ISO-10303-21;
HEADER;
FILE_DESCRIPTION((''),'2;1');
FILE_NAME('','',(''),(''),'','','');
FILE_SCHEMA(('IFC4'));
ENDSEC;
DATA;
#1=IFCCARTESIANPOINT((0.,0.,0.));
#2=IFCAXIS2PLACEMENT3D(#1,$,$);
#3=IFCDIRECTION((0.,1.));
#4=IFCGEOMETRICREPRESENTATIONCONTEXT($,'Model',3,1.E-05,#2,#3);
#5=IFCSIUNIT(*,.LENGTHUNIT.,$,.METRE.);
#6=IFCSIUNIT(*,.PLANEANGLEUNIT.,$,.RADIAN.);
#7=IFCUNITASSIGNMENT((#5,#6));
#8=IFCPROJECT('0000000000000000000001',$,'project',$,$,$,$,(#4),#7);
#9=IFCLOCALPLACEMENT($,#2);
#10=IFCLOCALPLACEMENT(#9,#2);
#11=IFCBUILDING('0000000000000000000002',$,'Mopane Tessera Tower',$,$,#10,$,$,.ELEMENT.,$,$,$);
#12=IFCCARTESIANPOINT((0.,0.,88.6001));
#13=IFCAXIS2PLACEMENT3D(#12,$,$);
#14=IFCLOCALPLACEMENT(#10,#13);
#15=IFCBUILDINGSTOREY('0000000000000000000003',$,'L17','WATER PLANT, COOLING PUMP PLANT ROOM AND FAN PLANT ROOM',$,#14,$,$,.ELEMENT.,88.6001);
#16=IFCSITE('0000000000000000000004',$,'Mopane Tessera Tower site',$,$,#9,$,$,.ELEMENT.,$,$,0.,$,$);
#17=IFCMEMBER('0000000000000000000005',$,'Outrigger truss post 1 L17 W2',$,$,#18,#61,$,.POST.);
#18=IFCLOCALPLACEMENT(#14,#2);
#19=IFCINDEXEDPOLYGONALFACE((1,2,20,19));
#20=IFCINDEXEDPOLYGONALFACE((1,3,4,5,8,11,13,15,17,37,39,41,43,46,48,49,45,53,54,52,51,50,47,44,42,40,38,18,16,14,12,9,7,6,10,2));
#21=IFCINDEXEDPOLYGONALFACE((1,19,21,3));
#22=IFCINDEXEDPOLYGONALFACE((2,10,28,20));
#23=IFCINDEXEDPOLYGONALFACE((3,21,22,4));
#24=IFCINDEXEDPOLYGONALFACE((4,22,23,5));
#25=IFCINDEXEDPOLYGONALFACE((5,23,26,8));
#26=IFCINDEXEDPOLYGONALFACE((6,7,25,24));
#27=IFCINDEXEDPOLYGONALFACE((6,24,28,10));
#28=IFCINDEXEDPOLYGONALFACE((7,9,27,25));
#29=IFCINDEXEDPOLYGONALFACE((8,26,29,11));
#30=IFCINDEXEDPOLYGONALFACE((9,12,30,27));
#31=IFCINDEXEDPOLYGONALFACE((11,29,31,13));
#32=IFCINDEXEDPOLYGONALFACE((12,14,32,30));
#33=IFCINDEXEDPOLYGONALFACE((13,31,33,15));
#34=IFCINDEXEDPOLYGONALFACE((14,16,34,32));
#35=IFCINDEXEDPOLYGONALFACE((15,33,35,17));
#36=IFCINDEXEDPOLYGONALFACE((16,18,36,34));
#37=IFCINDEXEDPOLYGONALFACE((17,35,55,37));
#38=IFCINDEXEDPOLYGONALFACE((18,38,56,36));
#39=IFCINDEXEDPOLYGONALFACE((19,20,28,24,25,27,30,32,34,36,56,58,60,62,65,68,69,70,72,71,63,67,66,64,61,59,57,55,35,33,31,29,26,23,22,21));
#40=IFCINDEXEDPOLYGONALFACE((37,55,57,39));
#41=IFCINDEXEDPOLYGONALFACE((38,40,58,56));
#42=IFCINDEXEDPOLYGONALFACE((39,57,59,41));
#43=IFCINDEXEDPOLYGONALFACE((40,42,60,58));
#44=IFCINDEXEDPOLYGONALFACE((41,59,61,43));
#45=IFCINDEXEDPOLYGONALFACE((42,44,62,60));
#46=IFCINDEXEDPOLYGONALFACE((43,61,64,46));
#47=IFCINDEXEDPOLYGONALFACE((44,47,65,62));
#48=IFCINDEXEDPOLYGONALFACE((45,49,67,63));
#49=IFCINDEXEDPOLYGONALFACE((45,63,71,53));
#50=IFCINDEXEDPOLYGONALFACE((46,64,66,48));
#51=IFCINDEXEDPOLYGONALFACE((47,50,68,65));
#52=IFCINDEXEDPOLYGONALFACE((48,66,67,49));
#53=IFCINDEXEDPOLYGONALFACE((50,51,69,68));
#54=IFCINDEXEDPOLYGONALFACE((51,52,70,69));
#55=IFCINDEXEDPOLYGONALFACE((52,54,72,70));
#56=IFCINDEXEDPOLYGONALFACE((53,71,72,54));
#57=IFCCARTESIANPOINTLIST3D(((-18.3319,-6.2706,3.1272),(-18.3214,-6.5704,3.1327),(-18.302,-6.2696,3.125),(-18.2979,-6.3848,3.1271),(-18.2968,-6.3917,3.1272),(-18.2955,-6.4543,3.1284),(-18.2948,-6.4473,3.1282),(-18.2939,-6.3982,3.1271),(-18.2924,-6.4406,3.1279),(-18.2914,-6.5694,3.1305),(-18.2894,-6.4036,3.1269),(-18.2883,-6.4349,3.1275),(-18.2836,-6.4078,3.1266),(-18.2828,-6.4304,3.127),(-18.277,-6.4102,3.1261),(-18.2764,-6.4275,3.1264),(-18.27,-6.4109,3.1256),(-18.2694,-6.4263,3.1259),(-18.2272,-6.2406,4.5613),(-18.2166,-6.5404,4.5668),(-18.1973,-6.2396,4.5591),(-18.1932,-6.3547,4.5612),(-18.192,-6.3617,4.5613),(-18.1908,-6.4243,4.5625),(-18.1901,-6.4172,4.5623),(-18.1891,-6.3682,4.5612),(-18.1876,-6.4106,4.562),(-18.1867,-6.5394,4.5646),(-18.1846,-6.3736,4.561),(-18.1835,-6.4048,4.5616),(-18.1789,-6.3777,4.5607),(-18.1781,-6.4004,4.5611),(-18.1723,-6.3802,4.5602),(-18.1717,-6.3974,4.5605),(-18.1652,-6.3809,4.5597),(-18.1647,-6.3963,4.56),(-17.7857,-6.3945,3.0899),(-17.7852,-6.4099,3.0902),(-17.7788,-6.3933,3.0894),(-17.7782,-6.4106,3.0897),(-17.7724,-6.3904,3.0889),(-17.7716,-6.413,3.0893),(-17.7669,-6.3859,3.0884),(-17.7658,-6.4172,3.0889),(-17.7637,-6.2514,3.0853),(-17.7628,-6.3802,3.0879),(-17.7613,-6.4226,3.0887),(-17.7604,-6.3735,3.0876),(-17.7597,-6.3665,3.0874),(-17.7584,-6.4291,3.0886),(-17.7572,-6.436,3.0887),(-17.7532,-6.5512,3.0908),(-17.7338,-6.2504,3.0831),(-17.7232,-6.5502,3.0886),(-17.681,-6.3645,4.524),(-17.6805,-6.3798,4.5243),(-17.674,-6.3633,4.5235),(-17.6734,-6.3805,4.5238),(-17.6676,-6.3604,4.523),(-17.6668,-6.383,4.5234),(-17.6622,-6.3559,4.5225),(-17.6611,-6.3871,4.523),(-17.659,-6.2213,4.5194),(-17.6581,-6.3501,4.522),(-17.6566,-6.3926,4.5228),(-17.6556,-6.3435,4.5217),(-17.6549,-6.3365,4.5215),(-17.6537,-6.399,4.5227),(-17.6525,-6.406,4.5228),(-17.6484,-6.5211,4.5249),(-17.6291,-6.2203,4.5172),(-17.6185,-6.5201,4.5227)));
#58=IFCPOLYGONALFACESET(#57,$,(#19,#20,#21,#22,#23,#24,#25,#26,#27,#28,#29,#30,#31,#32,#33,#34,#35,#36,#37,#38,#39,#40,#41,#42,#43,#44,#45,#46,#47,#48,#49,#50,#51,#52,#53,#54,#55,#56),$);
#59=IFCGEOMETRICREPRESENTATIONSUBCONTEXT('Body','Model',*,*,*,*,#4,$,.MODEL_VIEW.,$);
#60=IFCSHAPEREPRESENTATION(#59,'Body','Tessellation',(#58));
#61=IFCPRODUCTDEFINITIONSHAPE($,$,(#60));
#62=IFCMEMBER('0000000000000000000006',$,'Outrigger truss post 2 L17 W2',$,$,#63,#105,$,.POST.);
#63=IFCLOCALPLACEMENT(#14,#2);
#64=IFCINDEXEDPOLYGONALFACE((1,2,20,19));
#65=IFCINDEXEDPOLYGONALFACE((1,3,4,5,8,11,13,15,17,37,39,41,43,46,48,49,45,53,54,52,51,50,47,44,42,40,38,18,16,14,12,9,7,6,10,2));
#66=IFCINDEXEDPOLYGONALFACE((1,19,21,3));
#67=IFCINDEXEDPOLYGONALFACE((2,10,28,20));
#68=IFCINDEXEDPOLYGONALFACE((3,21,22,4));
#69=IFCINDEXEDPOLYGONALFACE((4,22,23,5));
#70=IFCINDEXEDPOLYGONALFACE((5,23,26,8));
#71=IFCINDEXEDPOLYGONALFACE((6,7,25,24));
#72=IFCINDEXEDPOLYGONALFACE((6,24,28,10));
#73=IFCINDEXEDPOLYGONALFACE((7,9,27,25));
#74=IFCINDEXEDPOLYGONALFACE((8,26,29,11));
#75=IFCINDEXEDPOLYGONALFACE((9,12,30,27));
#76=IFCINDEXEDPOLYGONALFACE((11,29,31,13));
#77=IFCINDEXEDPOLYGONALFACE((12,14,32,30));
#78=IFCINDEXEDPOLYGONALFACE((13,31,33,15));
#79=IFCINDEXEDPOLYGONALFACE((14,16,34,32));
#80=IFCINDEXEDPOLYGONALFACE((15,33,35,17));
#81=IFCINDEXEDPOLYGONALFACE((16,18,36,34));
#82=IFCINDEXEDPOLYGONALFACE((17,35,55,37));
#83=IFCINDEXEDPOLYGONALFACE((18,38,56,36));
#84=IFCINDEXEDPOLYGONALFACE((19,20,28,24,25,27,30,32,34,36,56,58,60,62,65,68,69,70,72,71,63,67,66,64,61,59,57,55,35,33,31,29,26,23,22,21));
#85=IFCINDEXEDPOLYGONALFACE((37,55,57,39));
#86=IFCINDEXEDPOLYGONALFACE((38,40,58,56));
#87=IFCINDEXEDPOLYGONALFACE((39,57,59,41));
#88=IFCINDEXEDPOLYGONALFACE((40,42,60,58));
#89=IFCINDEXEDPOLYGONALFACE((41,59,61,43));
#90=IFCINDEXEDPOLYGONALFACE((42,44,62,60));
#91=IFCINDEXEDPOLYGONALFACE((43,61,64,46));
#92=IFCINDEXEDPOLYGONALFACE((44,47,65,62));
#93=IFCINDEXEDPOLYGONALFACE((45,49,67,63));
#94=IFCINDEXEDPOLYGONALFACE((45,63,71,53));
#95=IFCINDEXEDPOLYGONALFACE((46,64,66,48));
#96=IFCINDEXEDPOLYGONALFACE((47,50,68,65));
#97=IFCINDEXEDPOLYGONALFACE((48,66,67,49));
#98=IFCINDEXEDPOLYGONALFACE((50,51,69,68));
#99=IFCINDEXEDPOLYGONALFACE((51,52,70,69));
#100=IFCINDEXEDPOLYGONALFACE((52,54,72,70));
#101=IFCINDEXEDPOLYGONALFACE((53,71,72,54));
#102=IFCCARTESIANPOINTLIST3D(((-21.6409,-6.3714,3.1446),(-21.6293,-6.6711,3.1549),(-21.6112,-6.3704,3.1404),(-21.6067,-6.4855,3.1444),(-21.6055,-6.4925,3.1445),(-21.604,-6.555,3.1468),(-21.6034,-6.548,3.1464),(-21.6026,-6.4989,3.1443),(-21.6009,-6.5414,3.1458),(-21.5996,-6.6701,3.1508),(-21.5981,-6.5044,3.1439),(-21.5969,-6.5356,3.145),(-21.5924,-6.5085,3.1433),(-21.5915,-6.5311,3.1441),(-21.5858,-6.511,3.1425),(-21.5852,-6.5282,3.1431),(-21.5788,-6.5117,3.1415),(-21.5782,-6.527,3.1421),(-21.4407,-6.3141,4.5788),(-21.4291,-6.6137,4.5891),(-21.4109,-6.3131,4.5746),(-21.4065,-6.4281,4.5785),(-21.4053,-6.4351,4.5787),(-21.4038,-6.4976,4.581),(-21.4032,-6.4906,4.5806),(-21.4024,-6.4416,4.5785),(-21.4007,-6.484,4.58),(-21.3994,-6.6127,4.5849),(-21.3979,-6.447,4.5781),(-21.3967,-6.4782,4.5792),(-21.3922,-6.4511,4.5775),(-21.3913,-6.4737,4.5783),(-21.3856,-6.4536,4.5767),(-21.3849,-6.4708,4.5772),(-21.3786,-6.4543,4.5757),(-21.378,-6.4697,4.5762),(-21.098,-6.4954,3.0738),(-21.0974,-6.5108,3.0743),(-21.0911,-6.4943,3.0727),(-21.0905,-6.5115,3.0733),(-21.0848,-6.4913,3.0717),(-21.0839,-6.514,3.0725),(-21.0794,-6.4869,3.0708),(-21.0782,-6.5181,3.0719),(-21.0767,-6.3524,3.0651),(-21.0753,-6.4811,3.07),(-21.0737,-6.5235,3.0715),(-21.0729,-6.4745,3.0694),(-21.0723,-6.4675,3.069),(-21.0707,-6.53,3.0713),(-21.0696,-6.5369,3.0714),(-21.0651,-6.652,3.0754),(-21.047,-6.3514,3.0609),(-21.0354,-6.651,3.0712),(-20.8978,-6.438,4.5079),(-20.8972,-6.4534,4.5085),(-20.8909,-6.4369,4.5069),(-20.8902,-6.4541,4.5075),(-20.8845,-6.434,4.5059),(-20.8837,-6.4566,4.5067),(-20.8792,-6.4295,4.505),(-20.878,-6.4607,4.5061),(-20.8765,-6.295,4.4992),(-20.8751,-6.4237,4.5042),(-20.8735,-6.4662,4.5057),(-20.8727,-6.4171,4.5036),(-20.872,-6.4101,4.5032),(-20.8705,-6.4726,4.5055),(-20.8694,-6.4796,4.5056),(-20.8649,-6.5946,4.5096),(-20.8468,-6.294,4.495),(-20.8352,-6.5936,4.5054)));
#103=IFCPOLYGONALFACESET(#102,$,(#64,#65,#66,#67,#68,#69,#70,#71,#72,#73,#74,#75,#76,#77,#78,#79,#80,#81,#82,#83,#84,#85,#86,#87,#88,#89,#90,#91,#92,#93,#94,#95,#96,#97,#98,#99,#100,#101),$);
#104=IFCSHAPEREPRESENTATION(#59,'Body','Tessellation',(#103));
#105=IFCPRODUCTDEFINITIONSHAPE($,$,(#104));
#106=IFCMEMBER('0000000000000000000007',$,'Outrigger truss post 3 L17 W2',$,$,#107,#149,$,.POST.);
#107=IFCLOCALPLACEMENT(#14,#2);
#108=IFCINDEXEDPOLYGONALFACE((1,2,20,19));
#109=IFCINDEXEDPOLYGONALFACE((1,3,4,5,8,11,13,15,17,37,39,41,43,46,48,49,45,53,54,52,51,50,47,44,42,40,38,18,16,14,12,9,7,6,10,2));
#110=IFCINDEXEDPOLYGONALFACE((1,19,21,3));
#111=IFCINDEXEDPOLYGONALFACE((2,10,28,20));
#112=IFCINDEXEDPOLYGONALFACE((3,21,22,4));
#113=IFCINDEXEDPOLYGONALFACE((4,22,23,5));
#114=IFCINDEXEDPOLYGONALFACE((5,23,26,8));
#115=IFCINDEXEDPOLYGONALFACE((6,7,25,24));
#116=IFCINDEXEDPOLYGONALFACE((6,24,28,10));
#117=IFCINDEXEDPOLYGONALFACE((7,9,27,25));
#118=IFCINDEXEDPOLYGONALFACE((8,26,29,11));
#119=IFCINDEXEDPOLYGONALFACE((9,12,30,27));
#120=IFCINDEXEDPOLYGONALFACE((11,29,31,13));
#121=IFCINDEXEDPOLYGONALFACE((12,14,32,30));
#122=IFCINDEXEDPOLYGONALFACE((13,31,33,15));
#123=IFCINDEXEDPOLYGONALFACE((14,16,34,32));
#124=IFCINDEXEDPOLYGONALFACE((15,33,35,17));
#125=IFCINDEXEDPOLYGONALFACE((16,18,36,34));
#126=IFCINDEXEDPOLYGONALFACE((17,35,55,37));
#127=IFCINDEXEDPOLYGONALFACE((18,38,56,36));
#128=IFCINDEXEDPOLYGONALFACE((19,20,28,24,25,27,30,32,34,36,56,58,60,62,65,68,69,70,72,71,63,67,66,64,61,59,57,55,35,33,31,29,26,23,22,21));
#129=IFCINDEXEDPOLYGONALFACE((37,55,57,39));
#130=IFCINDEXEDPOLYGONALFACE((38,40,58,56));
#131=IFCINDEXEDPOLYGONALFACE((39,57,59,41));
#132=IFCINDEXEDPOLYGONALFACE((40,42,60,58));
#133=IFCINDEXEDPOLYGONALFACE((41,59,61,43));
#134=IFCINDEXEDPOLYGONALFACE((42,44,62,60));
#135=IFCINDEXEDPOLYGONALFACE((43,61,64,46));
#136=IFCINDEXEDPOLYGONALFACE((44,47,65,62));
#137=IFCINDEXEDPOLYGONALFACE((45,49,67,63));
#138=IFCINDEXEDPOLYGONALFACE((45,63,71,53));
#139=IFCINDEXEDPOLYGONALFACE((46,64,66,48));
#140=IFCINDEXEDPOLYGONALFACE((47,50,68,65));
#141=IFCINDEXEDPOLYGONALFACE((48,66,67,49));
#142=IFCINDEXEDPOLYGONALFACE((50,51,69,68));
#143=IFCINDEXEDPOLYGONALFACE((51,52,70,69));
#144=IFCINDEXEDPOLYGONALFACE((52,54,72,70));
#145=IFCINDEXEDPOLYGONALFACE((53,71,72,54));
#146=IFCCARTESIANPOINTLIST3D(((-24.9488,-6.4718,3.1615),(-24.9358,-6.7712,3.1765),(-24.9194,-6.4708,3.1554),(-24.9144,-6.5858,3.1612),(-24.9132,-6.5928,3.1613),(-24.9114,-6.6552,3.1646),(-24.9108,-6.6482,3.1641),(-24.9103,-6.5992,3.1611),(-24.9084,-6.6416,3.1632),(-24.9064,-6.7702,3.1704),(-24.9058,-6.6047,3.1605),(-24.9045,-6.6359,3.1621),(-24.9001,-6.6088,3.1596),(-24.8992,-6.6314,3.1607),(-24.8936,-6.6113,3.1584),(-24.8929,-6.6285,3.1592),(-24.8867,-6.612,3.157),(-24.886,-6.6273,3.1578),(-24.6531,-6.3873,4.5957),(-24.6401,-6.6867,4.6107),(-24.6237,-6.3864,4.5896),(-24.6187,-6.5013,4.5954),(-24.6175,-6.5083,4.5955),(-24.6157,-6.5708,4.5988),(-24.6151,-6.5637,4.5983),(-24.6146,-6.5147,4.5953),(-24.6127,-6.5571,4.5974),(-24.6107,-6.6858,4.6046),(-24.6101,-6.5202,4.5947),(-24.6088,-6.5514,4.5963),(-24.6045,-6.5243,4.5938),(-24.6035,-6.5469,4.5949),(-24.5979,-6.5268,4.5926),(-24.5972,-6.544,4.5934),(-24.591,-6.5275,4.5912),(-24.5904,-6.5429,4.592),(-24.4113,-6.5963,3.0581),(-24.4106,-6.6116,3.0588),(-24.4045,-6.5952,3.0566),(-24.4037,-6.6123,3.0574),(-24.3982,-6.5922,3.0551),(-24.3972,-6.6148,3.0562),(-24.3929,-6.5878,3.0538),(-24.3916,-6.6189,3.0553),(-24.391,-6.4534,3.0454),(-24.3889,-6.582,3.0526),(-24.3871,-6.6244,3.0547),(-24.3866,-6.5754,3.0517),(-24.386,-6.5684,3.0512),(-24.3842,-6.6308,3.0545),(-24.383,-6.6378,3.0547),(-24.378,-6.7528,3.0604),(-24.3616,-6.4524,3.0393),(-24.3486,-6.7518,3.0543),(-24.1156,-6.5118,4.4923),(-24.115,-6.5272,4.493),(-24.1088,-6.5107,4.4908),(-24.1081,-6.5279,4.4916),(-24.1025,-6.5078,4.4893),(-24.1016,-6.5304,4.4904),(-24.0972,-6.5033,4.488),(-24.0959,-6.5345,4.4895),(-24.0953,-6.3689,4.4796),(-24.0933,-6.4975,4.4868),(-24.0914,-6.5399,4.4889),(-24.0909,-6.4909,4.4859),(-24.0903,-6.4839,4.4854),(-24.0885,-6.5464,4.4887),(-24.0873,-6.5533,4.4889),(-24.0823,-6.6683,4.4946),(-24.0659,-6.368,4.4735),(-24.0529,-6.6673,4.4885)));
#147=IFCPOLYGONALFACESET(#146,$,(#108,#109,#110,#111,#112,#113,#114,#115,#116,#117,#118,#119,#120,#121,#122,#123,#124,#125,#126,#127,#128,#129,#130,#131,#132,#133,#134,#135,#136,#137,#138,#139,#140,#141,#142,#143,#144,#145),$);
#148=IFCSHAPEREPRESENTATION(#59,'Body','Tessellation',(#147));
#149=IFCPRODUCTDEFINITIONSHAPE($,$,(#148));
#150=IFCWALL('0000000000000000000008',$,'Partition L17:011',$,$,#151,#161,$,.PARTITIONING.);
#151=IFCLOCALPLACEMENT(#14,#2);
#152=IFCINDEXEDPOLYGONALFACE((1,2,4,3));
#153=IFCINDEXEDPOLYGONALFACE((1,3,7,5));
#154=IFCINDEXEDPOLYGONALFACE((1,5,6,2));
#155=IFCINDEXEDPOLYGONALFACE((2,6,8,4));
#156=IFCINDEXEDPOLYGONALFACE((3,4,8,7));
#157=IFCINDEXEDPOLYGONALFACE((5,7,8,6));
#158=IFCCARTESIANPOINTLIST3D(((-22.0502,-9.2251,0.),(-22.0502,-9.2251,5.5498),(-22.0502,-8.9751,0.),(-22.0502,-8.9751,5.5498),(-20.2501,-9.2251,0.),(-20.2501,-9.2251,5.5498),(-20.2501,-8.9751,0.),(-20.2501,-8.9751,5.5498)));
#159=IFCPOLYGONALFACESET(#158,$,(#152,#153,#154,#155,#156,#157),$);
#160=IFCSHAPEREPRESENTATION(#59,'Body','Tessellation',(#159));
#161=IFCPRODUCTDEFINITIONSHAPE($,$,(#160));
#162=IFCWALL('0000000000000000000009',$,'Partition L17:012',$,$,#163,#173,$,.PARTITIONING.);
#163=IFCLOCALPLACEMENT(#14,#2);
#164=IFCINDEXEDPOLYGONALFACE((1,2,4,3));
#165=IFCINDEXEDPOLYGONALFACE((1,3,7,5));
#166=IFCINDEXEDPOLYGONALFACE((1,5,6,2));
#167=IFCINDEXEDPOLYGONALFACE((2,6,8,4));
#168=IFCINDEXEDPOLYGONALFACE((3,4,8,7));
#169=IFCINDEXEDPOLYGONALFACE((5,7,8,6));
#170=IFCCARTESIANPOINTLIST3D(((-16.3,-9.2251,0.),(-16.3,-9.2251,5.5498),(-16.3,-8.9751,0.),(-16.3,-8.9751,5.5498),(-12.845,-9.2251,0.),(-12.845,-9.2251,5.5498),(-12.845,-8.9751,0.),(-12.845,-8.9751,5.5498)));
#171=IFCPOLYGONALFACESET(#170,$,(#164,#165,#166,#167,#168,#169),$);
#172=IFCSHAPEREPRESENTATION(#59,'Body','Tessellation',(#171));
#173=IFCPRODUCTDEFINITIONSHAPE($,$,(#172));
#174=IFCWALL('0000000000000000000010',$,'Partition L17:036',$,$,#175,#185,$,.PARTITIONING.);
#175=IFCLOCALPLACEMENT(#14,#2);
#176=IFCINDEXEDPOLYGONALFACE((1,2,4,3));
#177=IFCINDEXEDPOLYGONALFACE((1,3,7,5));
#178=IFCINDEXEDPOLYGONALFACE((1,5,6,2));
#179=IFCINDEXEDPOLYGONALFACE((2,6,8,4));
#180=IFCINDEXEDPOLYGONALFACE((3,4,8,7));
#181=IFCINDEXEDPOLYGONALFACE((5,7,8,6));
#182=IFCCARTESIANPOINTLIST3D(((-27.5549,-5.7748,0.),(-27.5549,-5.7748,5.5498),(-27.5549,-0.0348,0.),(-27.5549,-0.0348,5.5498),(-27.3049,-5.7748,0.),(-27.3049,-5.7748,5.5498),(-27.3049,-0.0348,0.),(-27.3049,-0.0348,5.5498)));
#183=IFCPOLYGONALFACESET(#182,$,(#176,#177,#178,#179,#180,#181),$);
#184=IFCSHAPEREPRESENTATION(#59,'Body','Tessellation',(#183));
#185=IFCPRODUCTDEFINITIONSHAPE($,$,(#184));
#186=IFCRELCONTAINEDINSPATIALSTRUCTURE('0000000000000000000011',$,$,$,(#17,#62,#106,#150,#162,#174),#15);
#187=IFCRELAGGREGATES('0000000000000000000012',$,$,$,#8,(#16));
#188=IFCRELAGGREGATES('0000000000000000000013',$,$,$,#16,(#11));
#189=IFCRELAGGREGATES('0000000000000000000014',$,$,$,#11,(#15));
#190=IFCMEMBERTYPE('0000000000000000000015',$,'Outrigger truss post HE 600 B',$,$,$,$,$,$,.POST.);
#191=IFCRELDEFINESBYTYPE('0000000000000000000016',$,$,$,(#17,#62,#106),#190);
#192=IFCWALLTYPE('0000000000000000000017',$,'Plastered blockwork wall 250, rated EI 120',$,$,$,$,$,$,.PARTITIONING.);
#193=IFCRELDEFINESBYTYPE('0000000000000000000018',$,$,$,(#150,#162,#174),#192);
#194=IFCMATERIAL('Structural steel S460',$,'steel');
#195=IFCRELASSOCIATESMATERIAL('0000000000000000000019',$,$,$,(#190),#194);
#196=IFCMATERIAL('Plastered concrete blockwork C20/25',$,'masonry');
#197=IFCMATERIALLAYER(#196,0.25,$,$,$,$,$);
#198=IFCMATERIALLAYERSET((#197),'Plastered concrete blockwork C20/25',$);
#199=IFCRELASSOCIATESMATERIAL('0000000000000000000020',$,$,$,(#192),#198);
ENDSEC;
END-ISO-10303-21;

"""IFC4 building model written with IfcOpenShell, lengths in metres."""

from ifc_helpers import new_model, si_unit, direction, frame, frame_2d, origin, origin_2d, place, context, subcontext, project, spatial, rectangle, i_section, extrude, material, layer, layer_set, material_profile, profile_set, type_object, element, save


model = new_model("IFC4")

# Units and contexts
model_context = context("Model", 3, precision=1e-05, world=origin(), true_north=direction((0.0, 1.0)))
body_context = subcontext(model_context, "Body", "Model", "MODEL_VIEW")
ifc_project = project(units=[si_unit("LENGTHUNIT", "METRE"), si_unit("PLANEANGLEUNIT", "RADIAN")], contexts=[model_context])

# Site, building, storey
site_placement = place(None, origin())
site = spatial("IfcSite", under=ifc_project, at=site_placement, Name="Mopane Tessera Tower site", CompositionType="ELEMENT", RefElevation=0.0)
building_placement = place(site_placement, origin())
building = spatial("IfcBuilding", under=site, at=building_placement, Name="Mopane Tessera Tower", CompositionType="ELEMENT")
storey_placement = place(building_placement, frame((0.0, 0.0, 88.6001)))
storey = spatial("IfcBuildingStorey", under=building, at=storey_placement, Name="L17", Description="WATER PLANT, COOLING PUMP PLANT ROOM AND FAN PLANT ROOM", CompositionType="ELEMENT", Elevation=88.6001)

# Members
ifc_material_1 = material(Name="Structural steel S460", Category="steel")
ifc_material_profile_1 = material_profile(ifc_material_1, i_section(OverallWidth=0.3, OverallDepth=0.6001, WebThickness=0.0154, FlangeThickness=0.03, FilletRadius=0.0271, at=origin_2d()))
ifc_profile_set_1 = profile_set([ifc_material_profile_1], Name="Structural steel S460")
member_type_1 = type_object("IfcMemberType", Name="Outrigger truss post HE 600 B", PredefinedType="POST", material=ifc_profile_set_1)
member_1_placement = place(storey_placement, frame((-18.0276, -6.4104, 3.1079), z_axis=(0.072824, 0.02088, 0.997126), x_axis=(0.03524, -0.99921, 0.018349)))
element("IfcMember", 1, at=member_1_placement, inside=storey, type_object=member_type_1, Name="Outrigger truss post 1 L17 W2", PredefinedType="POST", context=body_context, shape_type="SweptSolid", body=[
    extrude(i_section(OverallWidth=0.3, OverallDepth=0.6001, WebThickness=0.0154, FlangeThickness=0.03, FilletRadius=0.0271, at=origin_2d()), origin(), (0.0, 0.0, 1.0), 1.4382),
])
member_2_placement = place(storey_placement, frame((-21.3381, -6.5112, 3.1079), z_axis=(0.138149, 0.039592, 0.98962), x_axis=(0.038622, -0.998656, 0.034561)))
element("IfcMember", 2, at=member_2_placement, inside=storey, type_object=member_type_1, Name="Outrigger truss post 2 L17 W2", PredefinedType="POST", context=body_context, shape_type="SweptSolid", body=[
    extrude(i_section(OverallWidth=0.3, OverallDepth=0.6001, WebThickness=0.0154, FlangeThickness=0.03, FilletRadius=0.0271, at=origin_2d()), origin(), (0.0, 0.0, 1.0), 1.4492),
])
member_3_placement = place(storey_placement, frame((-24.6487, -6.6118, 3.1079), z_axis=(0.201581, 0.057595, 0.977777), x_axis=(0.043297, -0.997818, 0.049849)))
element("IfcMember", 3, at=member_3_placement, inside=storey, type_object=member_type_1, Name="Outrigger truss post 3 L17 W2", PredefinedType="POST", context=body_context, shape_type="SweptSolid", body=[
    extrude(i_section(OverallWidth=0.3, OverallDepth=0.6001, WebThickness=0.0154, FlangeThickness=0.03, FilletRadius=0.0271, at=origin_2d()), origin(), (0.0, 0.0, 1.0), 1.4668),
])

# Walls
ifc_material_2 = material(Name="Plastered concrete blockwork C20/25", Category="masonry")
ifc_layer_1 = layer(ifc_material_2, 0.25)
ifc_layer_set_1 = layer_set([ifc_layer_1], Name="Plastered concrete blockwork C20/25")
wall_type = type_object("IfcWallType", Name="Plastered blockwork wall 250, rated EI 120", PredefinedType="PARTITIONING", material=ifc_layer_set_1)
wall_1_placement = place(storey_placement, frame((-22.05, -9.1001, 0.0), z_axis=(0.0, 0.0, 1.0), x_axis=(1.0, 0.0, 0.0)))
element("IfcWall", 4, at=wall_1_placement, inside=storey, type_object=wall_type, Name="Partition L17:011", PredefinedType="PARTITIONING", context=body_context, shape_type="SweptSolid", body=[
    extrude(rectangle(XDim=1.8, YDim=0.25, at=frame_2d((0.8999, 0.0))), origin(), (0.0, 0.0, 1.0), 5.5498),
])
wall_2_placement = place(storey_placement, frame((-16.3, -9.1001, 0.0), z_axis=(0.0, 0.0, 1.0), x_axis=(1.0, 0.0, 0.0)))
element("IfcWall", 5, at=wall_2_placement, inside=storey, type_object=wall_type, Name="Partition L17:012", PredefinedType="PARTITIONING", context=body_context, shape_type="SweptSolid", body=[
    extrude(rectangle(XDim=3.4551, YDim=0.25, at=frame_2d((1.7275, 0.0))), origin(), (0.0, 0.0, 1.0), 5.5498),
])
wall_3_placement = place(storey_placement, frame((-27.4299, -5.7749, 0.0), z_axis=(0.0, 0.0, 1.0), x_axis=(0.0, 1.0, 0.0)))
element("IfcWall", 6, at=wall_3_placement, inside=storey, type_object=wall_type, Name="Partition L17:036", PredefinedType="PARTITIONING", context=body_context, shape_type="SweptSolid", body=[
    extrude(rectangle(XDim=5.74, YDim=0.25, at=frame_2d((2.8701, 0.0))), origin(), (0.0, 0.0, 1.0), 5.5498),
])

save(model, "model.ifc")
